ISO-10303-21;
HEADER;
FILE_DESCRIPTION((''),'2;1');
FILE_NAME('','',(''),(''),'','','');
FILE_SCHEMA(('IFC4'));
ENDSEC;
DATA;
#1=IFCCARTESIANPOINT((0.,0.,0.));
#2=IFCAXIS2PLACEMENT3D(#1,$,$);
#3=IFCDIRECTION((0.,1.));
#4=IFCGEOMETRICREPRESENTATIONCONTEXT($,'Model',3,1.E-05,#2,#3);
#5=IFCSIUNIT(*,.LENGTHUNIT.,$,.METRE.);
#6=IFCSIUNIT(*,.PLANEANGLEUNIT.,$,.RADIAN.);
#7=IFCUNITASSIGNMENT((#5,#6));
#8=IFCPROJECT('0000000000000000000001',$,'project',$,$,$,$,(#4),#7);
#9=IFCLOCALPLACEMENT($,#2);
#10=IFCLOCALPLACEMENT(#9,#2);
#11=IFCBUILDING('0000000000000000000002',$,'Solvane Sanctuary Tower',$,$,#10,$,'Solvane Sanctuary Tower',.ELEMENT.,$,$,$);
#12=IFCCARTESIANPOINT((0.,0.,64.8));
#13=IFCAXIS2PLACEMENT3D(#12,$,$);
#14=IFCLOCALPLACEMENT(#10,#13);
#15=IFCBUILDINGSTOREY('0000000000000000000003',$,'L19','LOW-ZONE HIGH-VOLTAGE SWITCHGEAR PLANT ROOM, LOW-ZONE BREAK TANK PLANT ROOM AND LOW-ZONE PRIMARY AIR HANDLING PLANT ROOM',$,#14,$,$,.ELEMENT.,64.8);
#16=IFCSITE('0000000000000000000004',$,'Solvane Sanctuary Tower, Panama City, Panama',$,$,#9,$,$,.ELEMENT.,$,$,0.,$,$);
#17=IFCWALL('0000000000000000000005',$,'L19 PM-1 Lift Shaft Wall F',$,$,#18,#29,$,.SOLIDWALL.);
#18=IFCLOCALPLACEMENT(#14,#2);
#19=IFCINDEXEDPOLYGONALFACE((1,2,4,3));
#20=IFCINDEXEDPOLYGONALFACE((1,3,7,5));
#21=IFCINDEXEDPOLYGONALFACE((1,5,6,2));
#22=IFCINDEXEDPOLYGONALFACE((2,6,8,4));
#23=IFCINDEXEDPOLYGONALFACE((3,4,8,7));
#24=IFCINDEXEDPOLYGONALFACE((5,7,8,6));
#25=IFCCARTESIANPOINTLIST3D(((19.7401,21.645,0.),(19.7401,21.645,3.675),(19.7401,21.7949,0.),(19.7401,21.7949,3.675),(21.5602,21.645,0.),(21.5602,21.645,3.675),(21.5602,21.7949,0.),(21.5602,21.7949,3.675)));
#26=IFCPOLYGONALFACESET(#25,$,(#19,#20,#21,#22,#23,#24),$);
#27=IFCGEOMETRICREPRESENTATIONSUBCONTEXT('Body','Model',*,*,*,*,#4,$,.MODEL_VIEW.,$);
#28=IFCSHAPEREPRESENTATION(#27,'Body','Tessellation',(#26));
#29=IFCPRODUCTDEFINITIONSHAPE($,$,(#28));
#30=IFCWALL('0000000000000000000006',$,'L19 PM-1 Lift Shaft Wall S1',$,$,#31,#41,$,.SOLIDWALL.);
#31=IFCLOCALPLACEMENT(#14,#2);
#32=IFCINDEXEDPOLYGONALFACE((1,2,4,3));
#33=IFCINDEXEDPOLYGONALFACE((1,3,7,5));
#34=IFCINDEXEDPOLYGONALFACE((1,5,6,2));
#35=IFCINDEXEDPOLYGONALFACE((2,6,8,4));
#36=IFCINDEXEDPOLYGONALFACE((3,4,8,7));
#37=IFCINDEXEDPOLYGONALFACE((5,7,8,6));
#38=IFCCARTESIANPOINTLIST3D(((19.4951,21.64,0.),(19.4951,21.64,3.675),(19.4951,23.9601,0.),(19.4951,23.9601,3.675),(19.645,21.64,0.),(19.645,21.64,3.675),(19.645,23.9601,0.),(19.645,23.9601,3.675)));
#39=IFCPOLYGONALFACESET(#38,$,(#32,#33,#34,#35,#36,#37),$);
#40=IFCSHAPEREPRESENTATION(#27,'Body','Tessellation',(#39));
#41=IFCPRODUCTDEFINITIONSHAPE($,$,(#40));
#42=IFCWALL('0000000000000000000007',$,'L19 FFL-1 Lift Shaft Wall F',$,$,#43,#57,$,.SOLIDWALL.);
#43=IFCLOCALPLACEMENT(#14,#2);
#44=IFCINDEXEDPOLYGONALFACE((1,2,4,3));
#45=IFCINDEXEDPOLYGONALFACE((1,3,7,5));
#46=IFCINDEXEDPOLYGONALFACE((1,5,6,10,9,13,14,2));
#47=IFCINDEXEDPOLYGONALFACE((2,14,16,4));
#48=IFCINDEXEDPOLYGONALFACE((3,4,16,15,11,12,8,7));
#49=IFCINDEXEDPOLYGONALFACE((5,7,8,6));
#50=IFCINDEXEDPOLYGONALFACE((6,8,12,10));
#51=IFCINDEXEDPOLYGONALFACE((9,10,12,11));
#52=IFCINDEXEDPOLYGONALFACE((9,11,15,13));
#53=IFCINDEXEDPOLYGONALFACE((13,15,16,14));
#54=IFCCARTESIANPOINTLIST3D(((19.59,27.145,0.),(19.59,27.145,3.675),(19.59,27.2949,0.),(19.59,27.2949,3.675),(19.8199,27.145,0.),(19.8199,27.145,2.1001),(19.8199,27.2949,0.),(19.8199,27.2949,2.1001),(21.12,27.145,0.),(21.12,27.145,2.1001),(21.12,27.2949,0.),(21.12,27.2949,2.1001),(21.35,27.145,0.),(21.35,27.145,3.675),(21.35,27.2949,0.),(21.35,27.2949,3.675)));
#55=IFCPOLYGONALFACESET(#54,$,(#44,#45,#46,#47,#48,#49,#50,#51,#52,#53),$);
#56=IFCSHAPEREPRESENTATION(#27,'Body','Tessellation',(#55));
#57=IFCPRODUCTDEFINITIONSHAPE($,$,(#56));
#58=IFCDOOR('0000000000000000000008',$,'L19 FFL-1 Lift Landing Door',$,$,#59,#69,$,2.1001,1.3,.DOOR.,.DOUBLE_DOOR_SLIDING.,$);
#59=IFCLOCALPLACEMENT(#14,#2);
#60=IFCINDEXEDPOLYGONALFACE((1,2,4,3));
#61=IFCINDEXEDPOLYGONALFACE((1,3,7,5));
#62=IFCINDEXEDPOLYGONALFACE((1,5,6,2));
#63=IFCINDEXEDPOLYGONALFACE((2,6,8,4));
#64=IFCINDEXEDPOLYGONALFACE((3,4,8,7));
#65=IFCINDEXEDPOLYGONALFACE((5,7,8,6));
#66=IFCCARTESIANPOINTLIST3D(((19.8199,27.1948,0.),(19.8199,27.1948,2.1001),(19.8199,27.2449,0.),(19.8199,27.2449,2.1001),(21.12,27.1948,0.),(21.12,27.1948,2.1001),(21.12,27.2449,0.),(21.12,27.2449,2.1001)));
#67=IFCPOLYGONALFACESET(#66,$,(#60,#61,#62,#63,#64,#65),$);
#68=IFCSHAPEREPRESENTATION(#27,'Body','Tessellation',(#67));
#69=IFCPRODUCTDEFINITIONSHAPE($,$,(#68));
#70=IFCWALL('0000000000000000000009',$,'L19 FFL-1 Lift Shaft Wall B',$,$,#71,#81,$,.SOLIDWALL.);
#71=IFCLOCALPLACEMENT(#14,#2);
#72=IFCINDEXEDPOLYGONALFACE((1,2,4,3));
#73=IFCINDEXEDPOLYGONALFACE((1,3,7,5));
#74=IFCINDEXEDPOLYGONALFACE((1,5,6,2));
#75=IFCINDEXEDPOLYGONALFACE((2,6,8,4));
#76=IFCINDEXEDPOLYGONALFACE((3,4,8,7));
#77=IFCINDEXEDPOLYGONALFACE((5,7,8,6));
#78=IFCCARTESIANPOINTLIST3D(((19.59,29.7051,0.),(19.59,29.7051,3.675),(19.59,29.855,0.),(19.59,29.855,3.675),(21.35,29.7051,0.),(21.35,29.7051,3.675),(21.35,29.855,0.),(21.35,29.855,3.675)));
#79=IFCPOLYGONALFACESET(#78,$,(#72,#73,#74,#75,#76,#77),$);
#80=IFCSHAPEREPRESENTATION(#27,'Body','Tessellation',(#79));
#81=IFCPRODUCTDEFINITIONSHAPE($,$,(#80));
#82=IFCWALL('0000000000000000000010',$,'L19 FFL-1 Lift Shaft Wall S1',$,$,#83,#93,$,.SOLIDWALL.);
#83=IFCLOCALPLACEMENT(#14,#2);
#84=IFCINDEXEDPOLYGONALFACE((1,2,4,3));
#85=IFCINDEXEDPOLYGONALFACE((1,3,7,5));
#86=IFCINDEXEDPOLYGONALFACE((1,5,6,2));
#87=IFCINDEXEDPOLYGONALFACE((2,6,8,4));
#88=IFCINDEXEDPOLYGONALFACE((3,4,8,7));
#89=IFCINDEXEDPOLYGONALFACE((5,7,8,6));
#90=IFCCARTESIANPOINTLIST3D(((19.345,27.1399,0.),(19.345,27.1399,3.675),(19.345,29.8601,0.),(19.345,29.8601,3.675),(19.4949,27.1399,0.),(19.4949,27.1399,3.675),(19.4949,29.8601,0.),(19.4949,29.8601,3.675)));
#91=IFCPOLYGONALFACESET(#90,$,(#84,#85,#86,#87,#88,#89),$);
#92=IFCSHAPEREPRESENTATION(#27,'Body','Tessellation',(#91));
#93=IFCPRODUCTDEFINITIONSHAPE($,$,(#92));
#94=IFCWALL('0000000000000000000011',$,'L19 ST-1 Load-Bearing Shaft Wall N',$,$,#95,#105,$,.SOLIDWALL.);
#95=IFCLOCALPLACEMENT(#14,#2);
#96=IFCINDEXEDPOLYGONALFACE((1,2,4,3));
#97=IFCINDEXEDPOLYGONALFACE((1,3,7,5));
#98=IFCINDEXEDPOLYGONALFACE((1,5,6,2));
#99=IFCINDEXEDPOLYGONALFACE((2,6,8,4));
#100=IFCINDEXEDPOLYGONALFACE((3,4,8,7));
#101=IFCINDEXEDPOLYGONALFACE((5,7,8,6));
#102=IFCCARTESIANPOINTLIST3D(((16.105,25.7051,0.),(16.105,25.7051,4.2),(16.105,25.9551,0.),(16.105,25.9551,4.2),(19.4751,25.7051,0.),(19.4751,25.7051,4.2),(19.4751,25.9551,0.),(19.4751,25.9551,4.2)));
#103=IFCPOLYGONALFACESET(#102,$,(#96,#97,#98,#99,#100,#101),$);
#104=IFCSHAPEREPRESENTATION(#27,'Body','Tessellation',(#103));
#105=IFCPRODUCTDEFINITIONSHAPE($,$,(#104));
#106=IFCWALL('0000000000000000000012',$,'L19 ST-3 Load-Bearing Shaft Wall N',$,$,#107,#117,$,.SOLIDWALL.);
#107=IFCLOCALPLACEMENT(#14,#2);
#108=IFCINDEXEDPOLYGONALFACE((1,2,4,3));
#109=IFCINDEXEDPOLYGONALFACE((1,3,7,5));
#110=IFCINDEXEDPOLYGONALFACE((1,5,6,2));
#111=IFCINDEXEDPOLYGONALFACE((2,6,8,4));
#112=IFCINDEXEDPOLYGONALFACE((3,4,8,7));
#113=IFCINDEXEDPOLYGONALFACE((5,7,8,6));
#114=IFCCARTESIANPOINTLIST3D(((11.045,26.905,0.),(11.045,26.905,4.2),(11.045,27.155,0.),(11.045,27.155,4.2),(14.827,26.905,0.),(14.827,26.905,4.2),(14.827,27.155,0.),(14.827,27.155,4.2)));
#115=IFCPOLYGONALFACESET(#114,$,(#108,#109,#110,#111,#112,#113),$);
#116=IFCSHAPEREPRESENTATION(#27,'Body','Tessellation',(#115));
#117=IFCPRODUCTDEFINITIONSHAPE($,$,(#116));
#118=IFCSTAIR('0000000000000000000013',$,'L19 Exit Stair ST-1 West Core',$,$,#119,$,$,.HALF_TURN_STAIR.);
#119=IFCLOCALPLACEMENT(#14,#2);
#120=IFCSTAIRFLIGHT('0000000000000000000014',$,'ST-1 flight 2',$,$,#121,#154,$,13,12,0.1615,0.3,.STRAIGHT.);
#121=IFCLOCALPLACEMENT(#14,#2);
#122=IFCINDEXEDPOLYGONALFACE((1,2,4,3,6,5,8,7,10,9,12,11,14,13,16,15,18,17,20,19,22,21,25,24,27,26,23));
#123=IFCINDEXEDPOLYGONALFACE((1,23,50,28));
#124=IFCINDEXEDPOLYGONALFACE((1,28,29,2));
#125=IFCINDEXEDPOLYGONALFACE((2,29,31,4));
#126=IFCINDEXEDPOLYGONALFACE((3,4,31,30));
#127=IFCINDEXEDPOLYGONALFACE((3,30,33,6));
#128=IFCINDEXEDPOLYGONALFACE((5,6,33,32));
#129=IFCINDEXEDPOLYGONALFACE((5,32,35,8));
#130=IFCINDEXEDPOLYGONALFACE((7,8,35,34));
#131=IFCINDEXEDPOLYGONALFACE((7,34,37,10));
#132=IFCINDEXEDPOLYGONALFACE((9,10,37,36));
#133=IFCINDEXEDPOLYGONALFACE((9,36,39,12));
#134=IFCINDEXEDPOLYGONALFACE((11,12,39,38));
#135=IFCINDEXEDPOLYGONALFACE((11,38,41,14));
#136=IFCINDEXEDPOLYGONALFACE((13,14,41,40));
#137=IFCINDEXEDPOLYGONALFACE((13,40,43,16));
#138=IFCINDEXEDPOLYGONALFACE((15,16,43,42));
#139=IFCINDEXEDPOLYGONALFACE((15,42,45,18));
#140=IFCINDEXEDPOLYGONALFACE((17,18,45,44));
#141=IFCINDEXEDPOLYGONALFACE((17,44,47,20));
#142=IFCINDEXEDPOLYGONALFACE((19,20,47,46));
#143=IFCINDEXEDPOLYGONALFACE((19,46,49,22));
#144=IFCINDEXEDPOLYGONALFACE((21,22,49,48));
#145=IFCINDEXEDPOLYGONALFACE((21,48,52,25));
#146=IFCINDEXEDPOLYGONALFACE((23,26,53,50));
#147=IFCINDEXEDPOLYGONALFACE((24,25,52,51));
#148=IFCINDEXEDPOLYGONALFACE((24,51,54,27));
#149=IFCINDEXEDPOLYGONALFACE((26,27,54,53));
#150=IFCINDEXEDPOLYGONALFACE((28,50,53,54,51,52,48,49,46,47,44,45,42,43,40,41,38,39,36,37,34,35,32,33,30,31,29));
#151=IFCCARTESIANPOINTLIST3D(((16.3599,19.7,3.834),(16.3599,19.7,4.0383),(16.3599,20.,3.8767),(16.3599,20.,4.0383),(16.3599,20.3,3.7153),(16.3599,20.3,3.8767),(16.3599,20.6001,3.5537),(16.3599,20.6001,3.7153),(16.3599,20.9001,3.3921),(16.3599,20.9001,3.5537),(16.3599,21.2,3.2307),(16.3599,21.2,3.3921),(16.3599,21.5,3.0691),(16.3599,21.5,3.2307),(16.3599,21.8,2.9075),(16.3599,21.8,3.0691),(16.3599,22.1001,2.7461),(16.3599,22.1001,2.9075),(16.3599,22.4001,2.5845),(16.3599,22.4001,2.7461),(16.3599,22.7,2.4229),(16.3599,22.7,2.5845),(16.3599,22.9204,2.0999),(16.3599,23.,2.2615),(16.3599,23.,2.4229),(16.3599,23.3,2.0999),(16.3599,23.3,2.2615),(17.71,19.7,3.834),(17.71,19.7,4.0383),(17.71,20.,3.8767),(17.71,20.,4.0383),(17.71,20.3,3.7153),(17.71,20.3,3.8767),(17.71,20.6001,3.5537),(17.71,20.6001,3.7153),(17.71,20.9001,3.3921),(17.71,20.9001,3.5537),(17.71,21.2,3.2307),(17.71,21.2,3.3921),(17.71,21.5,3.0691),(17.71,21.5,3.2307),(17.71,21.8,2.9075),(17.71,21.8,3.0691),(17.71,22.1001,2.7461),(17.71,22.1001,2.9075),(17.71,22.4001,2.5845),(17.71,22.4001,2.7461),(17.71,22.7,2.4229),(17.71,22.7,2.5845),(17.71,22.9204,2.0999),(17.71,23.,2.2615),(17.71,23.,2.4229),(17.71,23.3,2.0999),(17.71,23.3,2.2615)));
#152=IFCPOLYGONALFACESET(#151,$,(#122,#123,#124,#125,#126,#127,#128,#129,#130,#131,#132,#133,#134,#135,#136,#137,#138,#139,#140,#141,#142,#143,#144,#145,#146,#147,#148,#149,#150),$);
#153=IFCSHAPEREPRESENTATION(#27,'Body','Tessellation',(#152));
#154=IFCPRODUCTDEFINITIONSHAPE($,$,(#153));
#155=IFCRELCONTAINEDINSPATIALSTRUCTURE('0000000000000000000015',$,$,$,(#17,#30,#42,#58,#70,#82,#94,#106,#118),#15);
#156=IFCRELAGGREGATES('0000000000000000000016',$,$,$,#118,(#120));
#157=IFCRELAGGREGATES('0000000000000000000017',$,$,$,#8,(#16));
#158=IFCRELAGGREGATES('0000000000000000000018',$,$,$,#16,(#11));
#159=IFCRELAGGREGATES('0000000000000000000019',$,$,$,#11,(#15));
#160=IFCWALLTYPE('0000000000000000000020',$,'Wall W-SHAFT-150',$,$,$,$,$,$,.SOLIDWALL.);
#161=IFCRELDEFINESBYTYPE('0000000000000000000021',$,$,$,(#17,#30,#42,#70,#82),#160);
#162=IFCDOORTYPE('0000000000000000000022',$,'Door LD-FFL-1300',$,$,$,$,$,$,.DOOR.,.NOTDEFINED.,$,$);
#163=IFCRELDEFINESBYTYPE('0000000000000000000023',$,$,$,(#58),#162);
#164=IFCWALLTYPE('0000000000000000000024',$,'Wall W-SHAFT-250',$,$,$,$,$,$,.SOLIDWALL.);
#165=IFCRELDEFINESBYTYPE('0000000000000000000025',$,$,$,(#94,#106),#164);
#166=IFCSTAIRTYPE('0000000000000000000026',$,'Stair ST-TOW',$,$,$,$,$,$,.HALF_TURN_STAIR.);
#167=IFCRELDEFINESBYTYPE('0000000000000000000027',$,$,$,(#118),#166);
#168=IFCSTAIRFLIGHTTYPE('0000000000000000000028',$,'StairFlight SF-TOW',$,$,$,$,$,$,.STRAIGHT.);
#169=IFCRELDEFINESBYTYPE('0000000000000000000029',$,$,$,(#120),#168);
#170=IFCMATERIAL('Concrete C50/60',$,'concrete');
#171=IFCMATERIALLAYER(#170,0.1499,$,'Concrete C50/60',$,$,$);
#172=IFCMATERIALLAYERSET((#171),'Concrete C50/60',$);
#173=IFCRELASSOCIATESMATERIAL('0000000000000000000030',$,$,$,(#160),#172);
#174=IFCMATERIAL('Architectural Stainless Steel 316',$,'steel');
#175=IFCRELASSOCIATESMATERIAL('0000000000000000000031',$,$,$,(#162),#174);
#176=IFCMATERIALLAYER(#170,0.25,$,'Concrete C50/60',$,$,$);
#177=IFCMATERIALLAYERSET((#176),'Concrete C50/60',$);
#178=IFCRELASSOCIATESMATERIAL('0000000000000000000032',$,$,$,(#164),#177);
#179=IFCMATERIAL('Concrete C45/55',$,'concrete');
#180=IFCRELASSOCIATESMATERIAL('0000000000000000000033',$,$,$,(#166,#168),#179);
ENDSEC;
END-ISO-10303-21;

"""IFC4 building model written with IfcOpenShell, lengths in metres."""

from ifc_helpers import new_model, si_unit, direction, frame, frame_2d, origin, place, context, subcontext, project, spatial, polyline, rectangle, outline, extrude, material, layer, layer_set, type_object, element, fill, aggregate, save


model = new_model("IFC4")

# Units and contexts
model_context = context("Model", 3, precision=1e-05, world=origin(), true_north=direction((0.0, 1.0)))
body_context = subcontext(model_context, "Body", "Model", "MODEL_VIEW")
ifc_project = project(units=[si_unit("LENGTHUNIT", "METRE"), si_unit("PLANEANGLEUNIT", "RADIAN")], contexts=[model_context])

# Site, building, storey
site_placement = place(None, origin())
site = spatial("IfcSite", under=ifc_project, at=site_placement, Name="Solvane Sanctuary Tower, Panama City, Panama", CompositionType="ELEMENT", RefElevation=0.0)
building_placement = place(site_placement, origin())
building = spatial("IfcBuilding", under=site, at=building_placement, Name="Solvane Sanctuary Tower", LongName="Solvane Sanctuary Tower", CompositionType="ELEMENT")
storey_placement = place(building_placement, frame((0.0, 0.0, 64.8)))
storey = spatial("IfcBuildingStorey", under=building, at=storey_placement, Name="L19", Description="LOW-ZONE HIGH-VOLTAGE SWITCHGEAR PLANT ROOM, LOW-ZONE BREAK TANK PLANT ROOM AND LOW-ZONE PRIMARY AIR HANDLING PLANT ROOM", CompositionType="ELEMENT", Elevation=64.8)

# Walls
ifc_material_1 = material(Name="Concrete C50/60", Category="concrete")
ifc_layer_1 = layer(ifc_material_1, 0.1499, Name="Concrete C50/60")
ifc_layer_set_1 = layer_set([ifc_layer_1], Name="Concrete C50/60")
wall_type_1 = type_object("IfcWallType", Name="Wall W-SHAFT-150", PredefinedType="SOLIDWALL", material=ifc_layer_set_1)
wall_1_placement = place(storey_placement, frame((19.74, 21.72, 0.0), z_axis=(0.0, 0.0, 1.0), x_axis=(1.0, 0.0, 0.0)))
element("IfcWall", 1, at=wall_1_placement, inside=storey, type_object=wall_type_1, Name="L19 PM-1 Lift Shaft Wall F", PredefinedType="SOLIDWALL", context=body_context, shape_type="SweptSolid", body=[
    extrude(rectangle(XDim=1.8201, YDim=0.1499, at=frame_2d((0.9102, 0.0))), origin(), (0.0, 0.0, 1.0), 3.675),
])
wall_2_placement = place(storey_placement, frame((19.5701, 21.6399, 0.0), z_axis=(0.0, 0.0, 1.0), x_axis=(0.0, 1.0, 0.0)))
element("IfcWall", 2, at=wall_2_placement, inside=storey, type_object=wall_type_1, Name="L19 PM-1 Lift Shaft Wall S1", PredefinedType="SOLIDWALL", context=body_context, shape_type="SweptSolid", body=[
    extrude(rectangle(XDim=2.3201, YDim=0.1499, at=frame_2d((1.1602, 0.0))), origin(), (0.0, 0.0, 1.0), 3.675),
])

# Wall, opening, door
wall_3_placement = place(storey_placement, frame((19.5901, 27.22, 0.0), z_axis=(0.0, 0.0, 1.0), x_axis=(1.0, 0.0, 0.0)))
wall_3 = element("IfcWall", 3, at=wall_3_placement, inside=storey, type_object=wall_type_1, Name="L19 FFL-1 Lift Shaft Wall F", PredefinedType="SOLIDWALL", context=body_context, shape_type="SweptSolid", body=[
    extrude(rectangle(XDim=1.76, YDim=0.1499, at=frame_2d((0.8799, 0.0))), origin(), (0.0, 0.0, 1.0), 3.675),
])
opening_placement = place(wall_3_placement, frame((0.23, 0.0, 0.0)))
opening = element("IfcOpeningElement", 4, at=opening_placement, cuts=wall_3, PredefinedType="OPENING", context=body_context, shape_type="SweptSolid", body=[
    extrude(rectangle(XDim=1.3, YDim=2.1001, at=frame_2d((0.6499, 1.05))), frame((0.0, 0.085, 0.0), z_axis=(0.0, -1.0, 0.0), x_axis=(1.0, 0.0, 0.0)), (0.0, 0.0, 1.0), 0.1699),
])
ifc_material_2 = material(Name="Architectural Stainless Steel 316", Category="steel")
door_type = type_object("IfcDoorType", Name="Door LD-FFL-1300", OperationType="NOTDEFINED", PredefinedType="DOOR", material=ifc_material_2)
door_placement = place(opening_placement, origin())
door = element("IfcDoor", 5, at=door_placement, inside=storey, type_object=door_type, Name="L19 FFL-1 Lift Landing Door", OperationType="DOUBLE_DOOR_SLIDING", OverallHeight=2.1001, OverallWidth=1.3, PredefinedType="DOOR", context=body_context, shape_type="SweptSolid", body=[
    extrude(rectangle(XDim=1.3, YDim=2.1001, at=frame_2d((0.6499, 1.05))), frame((0.0, 0.0249, 0.0), z_axis=(0.0, -1.0, 0.0), x_axis=(1.0, 0.0, 0.0)), (0.0, 0.0, 1.0), 0.05),
])
fill(opening, door)

# Walls
wall_4_placement = place(storey_placement, frame((19.5901, 29.78, 0.0), z_axis=(0.0, 0.0, 1.0), x_axis=(1.0, 0.0, 0.0)))
element("IfcWall", 6, at=wall_4_placement, inside=storey, type_object=wall_type_1, Name="L19 FFL-1 Lift Shaft Wall B", PredefinedType="SOLIDWALL", context=body_context, shape_type="SweptSolid", body=[
    extrude(rectangle(XDim=1.76, YDim=0.1499, at=frame_2d((0.8799, 0.0))), origin(), (0.0, 0.0, 1.0), 3.675),
])
wall_5_placement = place(storey_placement, frame((19.4199, 27.1399, 0.0), z_axis=(0.0, 0.0, 1.0), x_axis=(0.0, 1.0, 0.0)))
element("IfcWall", 7, at=wall_5_placement, inside=storey, type_object=wall_type_1, Name="L19 FFL-1 Lift Shaft Wall S1", PredefinedType="SOLIDWALL", context=body_context, shape_type="SweptSolid", body=[
    extrude(rectangle(XDim=2.7202, YDim=0.1499, at=frame_2d((1.3601, 0.0))), origin(), (0.0, 0.0, 1.0), 3.675),
])
ifc_layer_2 = layer(ifc_material_1, 0.25, Name="Concrete C50/60")
ifc_layer_set_2 = layer_set([ifc_layer_2], Name="Concrete C50/60")
wall_type_2 = type_object("IfcWallType", Name="Wall W-SHAFT-250", PredefinedType="SOLIDWALL", material=ifc_layer_set_2)
wall_6_placement = place(storey_placement, frame((16.105, 25.8301, 0.0), z_axis=(0.0, 0.0, 1.0), x_axis=(1.0, 0.0, 0.0)))
element("IfcWall", 8, at=wall_6_placement, inside=storey, type_object=wall_type_2, Name="L19 ST-1 Load-Bearing Shaft Wall N", PredefinedType="SOLIDWALL", context=body_context, shape_type="SweptSolid", body=[
    extrude(rectangle(XDim=3.3701, YDim=0.25, at=frame_2d((1.6851, 0.0))), origin(), (0.0, 0.0, 1.0), 4.2),
])
wall_7_placement = place(storey_placement, frame((11.0449, 27.03, 0.0), z_axis=(0.0, 0.0, 1.0), x_axis=(1.0, 0.0, 0.0)))
element("IfcWall", 9, at=wall_7_placement, inside=storey, type_object=wall_type_2, Name="L19 ST-3 Load-Bearing Shaft Wall N", PredefinedType="SOLIDWALL", context=body_context, shape_type="SweptSolid", body=[
    extrude(rectangle(XDim=3.782, YDim=0.25, at=frame_2d((1.8911, 0.0))), origin(), (0.0, 0.0, 1.0), 4.2),
])

# Stair, stair flight
ifc_material_3 = material(Name="Concrete C45/55", Category="concrete")
stair_type = type_object("IfcStairType", Name="Stair ST-TOW", PredefinedType="HALF_TURN_STAIR", material=ifc_material_3)
stair_1_placement = place(storey_placement, origin())
stair_1 = element("IfcStair", 10, at=stair_1_placement, inside=storey, type_object=stair_type, Name="L19 Exit Stair ST-1 West Core", PredefinedType="HALF_TURN_STAIR")
stair_flight_type = type_object("IfcStairFlightType", Name="StairFlight SF-TOW", PredefinedType="STRAIGHT", material=ifc_material_3)
stair_flight_1_placement = place(storey_placement, frame((17.0349, 23.3, 2.0999), z_axis=(0.0, 0.0, 1.0), x_axis=(0.0, -1.0, 0.0)))
stair_flight_1 = element("IfcStairFlight", 11, at=stair_flight_1_placement, type_object=stair_flight_type, Name="ST-1 flight 2", NumberOfRisers=13, NumberOfTreads=12, PredefinedType="STRAIGHT", RiserHeight=0.1615, TreadLength=0.3, context=body_context, shape_type="SweptSolid", body=[
    extrude(outline(polyline([(0.0, 0.0), (0.0, 0.1616), (0.3, 0.1616), (0.3, 0.323), (0.6001, 0.323), (0.6001, 0.4846), (0.8999, 0.4846), (0.8999, 0.6462), (1.2, 0.6462), (1.2, 0.8076), (1.5, 0.8076), (1.5, 0.9692), (1.8, 0.9692), (1.8, 1.1309), (2.1001, 1.1309), (2.1001, 1.2922), (2.3999, 1.2922), (2.3999, 1.4539), (2.7, 1.4539), (2.7, 1.6155), (3.0, 1.6155), (3.0, 1.7769), (3.3, 1.7769), (3.3, 1.9385), (3.6001, 1.9385), (3.6001, 2.1001), (3.6001, 1.7341), (0.3796, 0.0), (0.0, 0.0)])), frame((0.0, 0.675, 0.0), z_axis=(0.0, -1.0, 0.0), x_axis=(1.0, 0.0, 0.0)), (0.0, 0.0, 1.0), 1.3501),
])
aggregate(stair_1, [stair_flight_1])

save(model, "model.ifc")
